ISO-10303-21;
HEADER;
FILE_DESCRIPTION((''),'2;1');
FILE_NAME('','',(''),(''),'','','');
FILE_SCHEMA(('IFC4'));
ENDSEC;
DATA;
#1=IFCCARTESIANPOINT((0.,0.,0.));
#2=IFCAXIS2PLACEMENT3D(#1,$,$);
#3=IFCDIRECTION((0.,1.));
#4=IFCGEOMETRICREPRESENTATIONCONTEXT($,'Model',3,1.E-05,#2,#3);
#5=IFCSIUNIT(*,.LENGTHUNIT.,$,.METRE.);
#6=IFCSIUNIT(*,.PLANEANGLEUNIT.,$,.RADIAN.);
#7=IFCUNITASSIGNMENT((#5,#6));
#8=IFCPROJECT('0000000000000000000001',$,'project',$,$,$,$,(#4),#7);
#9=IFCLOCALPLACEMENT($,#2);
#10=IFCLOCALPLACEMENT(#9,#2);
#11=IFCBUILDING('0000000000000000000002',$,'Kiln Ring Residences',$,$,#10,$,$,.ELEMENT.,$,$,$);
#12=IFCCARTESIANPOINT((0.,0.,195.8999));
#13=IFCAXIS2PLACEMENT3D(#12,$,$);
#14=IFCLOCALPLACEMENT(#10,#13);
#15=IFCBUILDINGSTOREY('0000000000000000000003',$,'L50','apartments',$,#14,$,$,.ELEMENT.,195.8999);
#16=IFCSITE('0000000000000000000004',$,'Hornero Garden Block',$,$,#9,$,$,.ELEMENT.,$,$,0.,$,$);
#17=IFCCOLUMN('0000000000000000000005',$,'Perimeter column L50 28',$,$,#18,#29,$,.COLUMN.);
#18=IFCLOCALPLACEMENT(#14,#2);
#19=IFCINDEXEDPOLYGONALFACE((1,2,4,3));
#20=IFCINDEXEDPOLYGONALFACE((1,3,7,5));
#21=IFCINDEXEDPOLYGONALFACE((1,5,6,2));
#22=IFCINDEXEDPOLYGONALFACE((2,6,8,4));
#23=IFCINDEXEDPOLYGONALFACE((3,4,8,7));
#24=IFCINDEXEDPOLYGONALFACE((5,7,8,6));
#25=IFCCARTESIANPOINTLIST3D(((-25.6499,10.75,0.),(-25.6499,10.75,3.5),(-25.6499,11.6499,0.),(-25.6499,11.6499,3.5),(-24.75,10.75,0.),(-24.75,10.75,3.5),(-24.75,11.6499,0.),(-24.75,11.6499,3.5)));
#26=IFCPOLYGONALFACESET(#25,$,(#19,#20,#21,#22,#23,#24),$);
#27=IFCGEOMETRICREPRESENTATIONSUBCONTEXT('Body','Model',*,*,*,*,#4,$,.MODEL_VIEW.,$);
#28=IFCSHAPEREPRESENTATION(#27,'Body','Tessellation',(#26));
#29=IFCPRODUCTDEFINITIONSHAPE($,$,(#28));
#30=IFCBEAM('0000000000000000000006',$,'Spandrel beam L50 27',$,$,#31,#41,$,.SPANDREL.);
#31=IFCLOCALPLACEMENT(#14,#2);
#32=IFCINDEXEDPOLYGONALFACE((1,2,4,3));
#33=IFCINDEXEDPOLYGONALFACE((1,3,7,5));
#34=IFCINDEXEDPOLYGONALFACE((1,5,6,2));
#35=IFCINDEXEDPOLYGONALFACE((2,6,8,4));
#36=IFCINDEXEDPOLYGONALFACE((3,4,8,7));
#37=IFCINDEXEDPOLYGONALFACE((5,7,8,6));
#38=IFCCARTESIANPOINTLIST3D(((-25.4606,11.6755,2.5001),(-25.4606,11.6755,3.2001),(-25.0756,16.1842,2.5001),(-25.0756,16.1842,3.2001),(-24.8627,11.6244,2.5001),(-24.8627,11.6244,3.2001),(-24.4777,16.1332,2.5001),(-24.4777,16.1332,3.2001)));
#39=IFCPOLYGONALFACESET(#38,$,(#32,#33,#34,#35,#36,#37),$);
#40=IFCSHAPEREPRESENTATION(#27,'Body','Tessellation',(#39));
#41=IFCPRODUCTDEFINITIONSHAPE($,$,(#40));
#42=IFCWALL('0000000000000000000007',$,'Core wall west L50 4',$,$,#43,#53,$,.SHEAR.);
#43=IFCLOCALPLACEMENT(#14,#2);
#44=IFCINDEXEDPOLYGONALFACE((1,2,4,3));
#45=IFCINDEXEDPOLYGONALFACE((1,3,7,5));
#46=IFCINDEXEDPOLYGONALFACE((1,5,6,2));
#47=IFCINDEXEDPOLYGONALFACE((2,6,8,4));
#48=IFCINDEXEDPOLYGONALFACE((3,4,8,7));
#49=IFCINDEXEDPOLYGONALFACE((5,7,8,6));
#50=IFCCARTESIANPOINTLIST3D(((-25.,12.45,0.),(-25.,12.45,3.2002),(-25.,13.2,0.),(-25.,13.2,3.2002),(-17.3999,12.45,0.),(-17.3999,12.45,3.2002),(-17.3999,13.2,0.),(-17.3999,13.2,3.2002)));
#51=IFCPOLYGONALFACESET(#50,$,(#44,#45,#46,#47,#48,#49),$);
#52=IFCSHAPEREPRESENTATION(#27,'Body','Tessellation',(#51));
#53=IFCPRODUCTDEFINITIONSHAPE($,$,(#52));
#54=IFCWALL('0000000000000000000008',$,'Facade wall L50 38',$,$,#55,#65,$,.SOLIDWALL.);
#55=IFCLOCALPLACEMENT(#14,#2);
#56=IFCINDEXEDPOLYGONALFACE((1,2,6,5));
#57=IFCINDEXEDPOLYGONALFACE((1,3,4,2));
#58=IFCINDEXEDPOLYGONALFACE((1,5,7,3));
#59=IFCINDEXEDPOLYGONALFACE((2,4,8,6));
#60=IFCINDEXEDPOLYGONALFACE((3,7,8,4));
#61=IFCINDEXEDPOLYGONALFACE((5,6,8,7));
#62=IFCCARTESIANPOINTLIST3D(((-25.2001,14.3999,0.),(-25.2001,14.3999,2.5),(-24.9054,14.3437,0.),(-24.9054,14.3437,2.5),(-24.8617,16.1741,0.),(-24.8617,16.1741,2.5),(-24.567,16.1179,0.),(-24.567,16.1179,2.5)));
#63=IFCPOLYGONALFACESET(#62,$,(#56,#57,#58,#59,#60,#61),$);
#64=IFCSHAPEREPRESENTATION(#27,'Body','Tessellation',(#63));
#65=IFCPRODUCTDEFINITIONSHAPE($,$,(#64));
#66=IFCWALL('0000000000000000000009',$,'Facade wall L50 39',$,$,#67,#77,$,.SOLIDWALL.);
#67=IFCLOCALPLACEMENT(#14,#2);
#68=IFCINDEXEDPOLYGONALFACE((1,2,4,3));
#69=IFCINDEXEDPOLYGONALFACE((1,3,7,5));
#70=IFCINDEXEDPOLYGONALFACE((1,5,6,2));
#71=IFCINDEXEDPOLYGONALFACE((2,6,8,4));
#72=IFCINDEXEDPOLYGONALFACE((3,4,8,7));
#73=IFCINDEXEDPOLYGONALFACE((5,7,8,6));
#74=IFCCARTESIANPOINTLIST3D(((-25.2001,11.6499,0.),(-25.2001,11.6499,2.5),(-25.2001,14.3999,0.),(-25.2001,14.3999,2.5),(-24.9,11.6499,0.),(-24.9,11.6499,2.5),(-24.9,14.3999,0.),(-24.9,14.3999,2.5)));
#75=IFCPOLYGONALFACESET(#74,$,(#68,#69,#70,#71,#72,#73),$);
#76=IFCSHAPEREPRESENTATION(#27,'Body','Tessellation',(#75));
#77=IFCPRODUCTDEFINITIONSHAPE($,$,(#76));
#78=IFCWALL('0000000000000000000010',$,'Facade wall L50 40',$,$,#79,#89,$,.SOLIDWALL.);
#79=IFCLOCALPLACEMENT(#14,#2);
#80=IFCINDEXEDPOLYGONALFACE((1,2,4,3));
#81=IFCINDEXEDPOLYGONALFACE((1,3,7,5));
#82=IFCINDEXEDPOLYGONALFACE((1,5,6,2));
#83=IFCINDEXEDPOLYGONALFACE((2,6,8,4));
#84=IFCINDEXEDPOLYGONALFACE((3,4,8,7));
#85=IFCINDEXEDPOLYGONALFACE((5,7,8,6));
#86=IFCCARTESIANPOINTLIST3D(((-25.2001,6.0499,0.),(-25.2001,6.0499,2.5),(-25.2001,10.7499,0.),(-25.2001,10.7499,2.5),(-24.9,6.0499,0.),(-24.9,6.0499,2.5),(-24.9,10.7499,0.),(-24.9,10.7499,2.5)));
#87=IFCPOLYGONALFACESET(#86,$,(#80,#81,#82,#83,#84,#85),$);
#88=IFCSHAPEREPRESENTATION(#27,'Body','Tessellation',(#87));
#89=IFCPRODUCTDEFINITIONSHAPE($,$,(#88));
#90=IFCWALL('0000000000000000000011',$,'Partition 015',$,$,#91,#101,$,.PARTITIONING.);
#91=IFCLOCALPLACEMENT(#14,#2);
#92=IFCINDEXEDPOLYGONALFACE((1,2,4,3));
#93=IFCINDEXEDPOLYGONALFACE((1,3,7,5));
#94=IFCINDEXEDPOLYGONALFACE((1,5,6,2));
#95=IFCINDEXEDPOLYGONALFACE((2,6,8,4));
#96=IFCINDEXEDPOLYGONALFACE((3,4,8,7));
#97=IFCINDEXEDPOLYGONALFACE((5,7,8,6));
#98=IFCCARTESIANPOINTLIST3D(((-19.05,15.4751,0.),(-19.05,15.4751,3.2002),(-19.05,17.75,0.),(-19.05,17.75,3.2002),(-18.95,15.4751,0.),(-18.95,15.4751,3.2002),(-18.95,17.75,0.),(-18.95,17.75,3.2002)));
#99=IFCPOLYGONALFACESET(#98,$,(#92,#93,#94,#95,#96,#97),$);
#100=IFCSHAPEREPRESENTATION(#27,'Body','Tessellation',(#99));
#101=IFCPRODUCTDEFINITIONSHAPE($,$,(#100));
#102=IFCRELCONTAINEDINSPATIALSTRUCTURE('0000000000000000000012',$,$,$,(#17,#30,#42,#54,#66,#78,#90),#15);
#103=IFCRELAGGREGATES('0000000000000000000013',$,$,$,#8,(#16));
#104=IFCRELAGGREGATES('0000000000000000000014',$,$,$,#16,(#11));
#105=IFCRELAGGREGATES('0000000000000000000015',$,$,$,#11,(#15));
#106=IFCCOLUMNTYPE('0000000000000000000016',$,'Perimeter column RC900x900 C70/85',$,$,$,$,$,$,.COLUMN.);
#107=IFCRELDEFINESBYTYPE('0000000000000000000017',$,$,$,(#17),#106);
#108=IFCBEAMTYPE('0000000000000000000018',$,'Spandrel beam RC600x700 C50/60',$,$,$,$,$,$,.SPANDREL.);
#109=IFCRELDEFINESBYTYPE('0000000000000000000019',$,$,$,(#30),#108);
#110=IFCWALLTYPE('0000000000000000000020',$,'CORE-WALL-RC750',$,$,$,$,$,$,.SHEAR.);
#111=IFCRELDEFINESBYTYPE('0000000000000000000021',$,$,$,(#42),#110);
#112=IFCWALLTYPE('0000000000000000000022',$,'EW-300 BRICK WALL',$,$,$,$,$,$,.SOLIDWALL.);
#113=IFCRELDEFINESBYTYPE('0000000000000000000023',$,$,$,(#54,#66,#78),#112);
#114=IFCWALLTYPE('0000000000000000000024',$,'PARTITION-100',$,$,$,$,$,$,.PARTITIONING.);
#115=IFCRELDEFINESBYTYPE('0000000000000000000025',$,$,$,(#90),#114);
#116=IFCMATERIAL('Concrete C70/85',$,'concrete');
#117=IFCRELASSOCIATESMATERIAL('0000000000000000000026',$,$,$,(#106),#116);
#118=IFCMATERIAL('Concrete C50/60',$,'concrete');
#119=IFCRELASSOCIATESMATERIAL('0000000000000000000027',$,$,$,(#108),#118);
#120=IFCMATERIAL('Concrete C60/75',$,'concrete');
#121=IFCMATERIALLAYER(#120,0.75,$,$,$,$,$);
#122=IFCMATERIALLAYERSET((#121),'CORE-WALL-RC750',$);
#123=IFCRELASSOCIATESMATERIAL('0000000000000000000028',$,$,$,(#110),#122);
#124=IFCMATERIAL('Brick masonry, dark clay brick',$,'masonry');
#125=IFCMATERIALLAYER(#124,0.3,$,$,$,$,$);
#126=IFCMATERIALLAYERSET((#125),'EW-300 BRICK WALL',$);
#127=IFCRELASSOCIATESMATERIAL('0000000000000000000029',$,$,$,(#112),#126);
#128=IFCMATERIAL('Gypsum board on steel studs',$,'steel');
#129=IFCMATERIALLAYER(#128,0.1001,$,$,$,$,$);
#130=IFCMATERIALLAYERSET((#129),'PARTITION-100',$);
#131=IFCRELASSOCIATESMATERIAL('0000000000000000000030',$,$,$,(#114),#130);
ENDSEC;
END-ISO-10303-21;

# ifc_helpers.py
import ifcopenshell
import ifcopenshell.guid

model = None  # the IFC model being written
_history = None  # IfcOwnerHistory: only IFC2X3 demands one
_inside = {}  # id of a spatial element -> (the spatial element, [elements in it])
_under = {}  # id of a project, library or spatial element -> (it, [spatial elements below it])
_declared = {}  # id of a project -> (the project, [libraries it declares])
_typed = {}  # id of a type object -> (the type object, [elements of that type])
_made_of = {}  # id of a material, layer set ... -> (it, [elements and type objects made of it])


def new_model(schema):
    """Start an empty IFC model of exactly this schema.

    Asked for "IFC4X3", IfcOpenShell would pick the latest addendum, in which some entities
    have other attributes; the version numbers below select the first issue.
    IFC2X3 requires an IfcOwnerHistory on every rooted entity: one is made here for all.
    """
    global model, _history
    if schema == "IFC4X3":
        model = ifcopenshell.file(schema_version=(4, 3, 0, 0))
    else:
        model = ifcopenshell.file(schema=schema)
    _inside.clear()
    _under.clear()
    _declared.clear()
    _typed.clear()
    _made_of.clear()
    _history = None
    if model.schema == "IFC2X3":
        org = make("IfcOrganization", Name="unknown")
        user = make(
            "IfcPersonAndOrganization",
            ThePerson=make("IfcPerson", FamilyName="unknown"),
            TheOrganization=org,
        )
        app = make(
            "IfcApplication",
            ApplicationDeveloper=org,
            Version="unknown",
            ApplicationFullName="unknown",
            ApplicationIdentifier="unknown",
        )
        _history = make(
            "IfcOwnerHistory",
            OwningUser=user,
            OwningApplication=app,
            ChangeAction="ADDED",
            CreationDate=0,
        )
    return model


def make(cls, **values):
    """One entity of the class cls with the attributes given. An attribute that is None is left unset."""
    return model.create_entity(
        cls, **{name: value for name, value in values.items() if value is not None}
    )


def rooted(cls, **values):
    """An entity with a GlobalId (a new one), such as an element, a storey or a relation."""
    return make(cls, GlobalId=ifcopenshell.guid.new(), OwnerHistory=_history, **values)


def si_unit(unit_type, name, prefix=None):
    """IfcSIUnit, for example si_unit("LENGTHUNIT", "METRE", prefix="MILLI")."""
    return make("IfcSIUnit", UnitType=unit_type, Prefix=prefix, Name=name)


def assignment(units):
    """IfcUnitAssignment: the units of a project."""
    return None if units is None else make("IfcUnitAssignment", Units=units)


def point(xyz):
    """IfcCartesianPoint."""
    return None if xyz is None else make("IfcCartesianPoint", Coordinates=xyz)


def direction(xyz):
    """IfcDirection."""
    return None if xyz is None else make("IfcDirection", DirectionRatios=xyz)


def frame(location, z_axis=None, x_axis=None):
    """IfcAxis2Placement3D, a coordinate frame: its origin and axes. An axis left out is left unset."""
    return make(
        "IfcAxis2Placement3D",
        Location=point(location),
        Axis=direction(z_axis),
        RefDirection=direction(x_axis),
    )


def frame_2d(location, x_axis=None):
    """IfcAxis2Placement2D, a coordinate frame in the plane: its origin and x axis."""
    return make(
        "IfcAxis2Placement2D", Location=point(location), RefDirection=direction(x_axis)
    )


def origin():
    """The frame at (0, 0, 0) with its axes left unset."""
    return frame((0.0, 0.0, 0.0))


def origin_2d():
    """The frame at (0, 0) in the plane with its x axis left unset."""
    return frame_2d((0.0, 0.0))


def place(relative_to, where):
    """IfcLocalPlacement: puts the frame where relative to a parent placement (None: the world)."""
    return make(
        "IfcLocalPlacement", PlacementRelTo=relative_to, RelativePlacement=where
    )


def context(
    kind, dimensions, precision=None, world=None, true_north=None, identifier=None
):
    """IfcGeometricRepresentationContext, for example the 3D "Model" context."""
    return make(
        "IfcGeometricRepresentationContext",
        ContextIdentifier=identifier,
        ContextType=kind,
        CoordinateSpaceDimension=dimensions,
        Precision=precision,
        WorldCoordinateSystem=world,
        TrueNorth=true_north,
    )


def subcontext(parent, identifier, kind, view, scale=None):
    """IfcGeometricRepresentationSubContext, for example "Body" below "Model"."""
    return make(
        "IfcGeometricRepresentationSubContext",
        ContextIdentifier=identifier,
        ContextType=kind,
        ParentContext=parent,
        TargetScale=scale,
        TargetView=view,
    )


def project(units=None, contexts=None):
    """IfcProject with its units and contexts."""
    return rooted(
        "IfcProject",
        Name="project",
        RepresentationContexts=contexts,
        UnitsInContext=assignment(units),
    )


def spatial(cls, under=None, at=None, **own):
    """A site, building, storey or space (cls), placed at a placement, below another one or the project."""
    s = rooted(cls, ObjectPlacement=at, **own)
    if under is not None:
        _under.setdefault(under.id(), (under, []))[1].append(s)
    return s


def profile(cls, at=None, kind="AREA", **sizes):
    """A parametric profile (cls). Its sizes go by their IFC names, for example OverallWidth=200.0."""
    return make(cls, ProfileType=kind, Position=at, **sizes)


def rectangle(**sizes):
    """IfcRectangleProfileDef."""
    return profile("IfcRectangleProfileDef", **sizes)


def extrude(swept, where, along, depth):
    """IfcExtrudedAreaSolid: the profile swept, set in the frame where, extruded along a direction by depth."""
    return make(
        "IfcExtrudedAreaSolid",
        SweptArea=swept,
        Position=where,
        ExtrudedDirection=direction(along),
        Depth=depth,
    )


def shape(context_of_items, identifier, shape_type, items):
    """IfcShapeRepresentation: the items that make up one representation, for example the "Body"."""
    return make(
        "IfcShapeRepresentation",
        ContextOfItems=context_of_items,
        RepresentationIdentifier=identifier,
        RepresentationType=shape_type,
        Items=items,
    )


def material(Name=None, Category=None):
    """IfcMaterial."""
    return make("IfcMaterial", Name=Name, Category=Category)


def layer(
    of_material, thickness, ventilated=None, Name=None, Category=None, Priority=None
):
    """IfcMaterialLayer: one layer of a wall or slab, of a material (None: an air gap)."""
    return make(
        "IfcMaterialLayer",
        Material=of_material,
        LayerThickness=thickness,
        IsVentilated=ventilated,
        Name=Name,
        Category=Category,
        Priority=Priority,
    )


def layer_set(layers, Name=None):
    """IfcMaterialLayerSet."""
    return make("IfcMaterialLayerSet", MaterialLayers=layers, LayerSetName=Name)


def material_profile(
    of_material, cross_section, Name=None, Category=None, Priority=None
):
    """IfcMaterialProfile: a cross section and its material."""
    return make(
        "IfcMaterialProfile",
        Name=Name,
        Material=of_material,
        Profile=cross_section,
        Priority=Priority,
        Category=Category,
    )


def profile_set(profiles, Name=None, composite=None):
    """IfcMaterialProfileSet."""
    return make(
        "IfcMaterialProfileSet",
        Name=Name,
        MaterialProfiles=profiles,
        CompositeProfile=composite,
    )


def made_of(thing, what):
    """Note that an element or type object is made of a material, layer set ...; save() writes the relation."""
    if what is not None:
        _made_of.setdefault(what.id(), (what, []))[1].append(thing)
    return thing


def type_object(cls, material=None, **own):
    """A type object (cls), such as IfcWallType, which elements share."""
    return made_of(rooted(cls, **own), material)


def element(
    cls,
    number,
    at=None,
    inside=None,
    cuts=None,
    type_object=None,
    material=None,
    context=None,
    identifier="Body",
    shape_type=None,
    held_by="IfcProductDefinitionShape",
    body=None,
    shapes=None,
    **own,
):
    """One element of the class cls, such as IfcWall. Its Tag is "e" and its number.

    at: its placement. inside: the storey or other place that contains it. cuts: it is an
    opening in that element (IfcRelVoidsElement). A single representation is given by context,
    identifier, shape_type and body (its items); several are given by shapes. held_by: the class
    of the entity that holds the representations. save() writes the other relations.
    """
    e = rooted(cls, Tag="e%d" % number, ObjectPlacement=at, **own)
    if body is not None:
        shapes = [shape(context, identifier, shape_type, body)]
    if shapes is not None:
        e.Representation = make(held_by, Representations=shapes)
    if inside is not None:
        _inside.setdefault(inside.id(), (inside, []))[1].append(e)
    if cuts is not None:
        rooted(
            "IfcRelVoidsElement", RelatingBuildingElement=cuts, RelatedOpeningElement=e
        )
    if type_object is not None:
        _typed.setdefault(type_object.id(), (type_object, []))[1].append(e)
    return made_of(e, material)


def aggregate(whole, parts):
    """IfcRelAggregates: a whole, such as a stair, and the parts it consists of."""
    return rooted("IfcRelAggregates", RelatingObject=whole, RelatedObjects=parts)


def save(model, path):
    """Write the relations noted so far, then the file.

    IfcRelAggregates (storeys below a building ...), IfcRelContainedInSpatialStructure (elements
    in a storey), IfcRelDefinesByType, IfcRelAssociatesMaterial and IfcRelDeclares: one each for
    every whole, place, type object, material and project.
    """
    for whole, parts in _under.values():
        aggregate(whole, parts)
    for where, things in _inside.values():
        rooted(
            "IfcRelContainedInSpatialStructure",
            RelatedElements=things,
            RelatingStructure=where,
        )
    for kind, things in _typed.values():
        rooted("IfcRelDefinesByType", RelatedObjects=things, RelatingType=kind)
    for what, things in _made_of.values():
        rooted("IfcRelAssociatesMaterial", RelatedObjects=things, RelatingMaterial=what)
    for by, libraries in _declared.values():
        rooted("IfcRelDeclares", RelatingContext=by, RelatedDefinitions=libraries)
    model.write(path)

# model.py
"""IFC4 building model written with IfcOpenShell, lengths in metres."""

from ifc_helpers import new_model, si_unit, direction, frame, frame_2d, origin, origin_2d, place, context, subcontext, project, spatial, rectangle, extrude, material, layer, layer_set, material_profile, profile_set, type_object, element, save


model = new_model("IFC4")

# Units and contexts
model_context = context("Model", 3, precision=1e-05, world=origin(), true_north=direction((0.0, 1.0)))
body_context = subcontext(model_context, "Body", "Model", "MODEL_VIEW")
ifc_project = project(units=[si_unit("LENGTHUNIT", "METRE"), si_unit("PLANEANGLEUNIT", "RADIAN")], contexts=[model_context])

# Site, building, storey
site_placement = place(None, origin())
site = spatial("IfcSite", under=ifc_project, at=site_placement, Name="Hornero Garden Block", CompositionType="ELEMENT", RefElevation=0.0)
building_placement = place(site_placement, origin())
building = spatial("IfcBuilding", under=site, at=building_placement, Name="Kiln Ring Residences", CompositionType="ELEMENT")
storey_placement = place(building_placement, frame((0.0, 0.0, 195.8999)))
storey = spatial("IfcBuildingStorey", under=building, at=storey_placement, Name="L50", Description="apartments", CompositionType="ELEMENT", Elevation=195.8999)

# Column
ifc_material_1 = material(Name="Concrete C70/85", Category="concrete")
ifc_material_profile_1 = material_profile(ifc_material_1, rectangle(XDim=0.8999, YDim=0.8999, at=origin_2d()), Name="RC900x900")
ifc_profile_set_1 = profile_set([ifc_material_profile_1], Name="Concrete C70/85")
column_type = type_object("IfcColumnType", Name="Perimeter column RC900x900 C70/85", PredefinedType="COLUMN", material=ifc_profile_set_1)
column_placement = place(storey_placement, frame((-25.2, 11.2, 0.0), z_axis=(0.0, 0.0, 1.0), x_axis=(1.0, 0.0, 0.0)))
element("IfcColumn", 1, at=column_placement, inside=storey, type_object=column_type, Name="Perimeter column L50 28", PredefinedType="COLUMN", context=body_context, shape_type="SweptSolid", body=[
    extrude(rectangle(XDim=0.8999, YDim=0.8999, at=origin_2d()), origin(), (0.0, 0.0, 1.0), 3.5),
])

# Beam
ifc_material_2 = material(Name="Concrete C50/60", Category="concrete")
ifc_material_profile_2 = material_profile(ifc_material_2, rectangle(XDim=0.6001, YDim=0.7, at=origin_2d()), Name="RC600x700")
ifc_profile_set_2 = profile_set([ifc_material_profile_2], Name="Concrete C50/60")
beam_type = type_object("IfcBeamType", Name="Spandrel beam RC600x700 C50/60", PredefinedType="SPANDREL", material=ifc_profile_set_2)
beam_placement = place(storey_placement, frame((-24.7766, 16.1587, 2.8501), z_axis=(-0.085081, -0.996374, 0.0), x_axis=(0.996374, -0.085081, 0.0)))
element("IfcBeam", 2, at=beam_placement, inside=storey, type_object=beam_type, Name="Spandrel beam L50 27", PredefinedType="SPANDREL", context=body_context, shape_type="SweptSolid", body=[
    extrude(rectangle(XDim=0.6001, YDim=0.7, at=origin_2d()), origin(), (0.0, 0.0, 1.0), 4.5251),
])

# Walls
ifc_material_3 = material(Name="Concrete C60/75", Category="concrete")
ifc_layer_1 = layer(ifc_material_3, 0.75)
ifc_layer_set_1 = layer_set([ifc_layer_1], Name="CORE-WALL-RC750")
wall_type_1 = type_object("IfcWallType", Name="CORE-WALL-RC750", PredefinedType="SHEAR", material=ifc_layer_set_1)
wall_1_placement = place(storey_placement, frame((-17.3999, 12.825, 0.0), z_axis=(0.0, 0.0, 1.0), x_axis=(-1.0, 0.0, 0.0)))
element("IfcWall", 3, at=wall_1_placement, inside=storey, type_object=wall_type_1, Name="Core wall west L50 4", PredefinedType="SHEAR", context=body_context, shape_type="SweptSolid", body=[
    extrude(rectangle(XDim=7.6001, YDim=0.75, at=frame_2d((3.8, 0.0))), origin(), (0.0, 0.0, 1.0), 3.2002),
])
ifc_material_4 = material(Name="Brick masonry, dark clay brick", Category="masonry")
ifc_layer_2 = layer(ifc_material_4, 0.3)
ifc_layer_set_2 = layer_set([ifc_layer_2], Name="EW-300 BRICK WALL")
wall_type_2 = type_object("IfcWallType", Name="EW-300 BRICK WALL", PredefinedType="SOLIDWALL", material=ifc_layer_set_2)
wall_2_placement = place(storey_placement, frame((-24.7144, 16.146, 0.0), z_axis=(0.0, 0.0, 1.0), x_axis=(-0.187348, -0.982294, 0.0)))
element("IfcWall", 4, at=wall_2_placement, inside=storey, type_object=wall_type_2, Name="Facade wall L50 38", PredefinedType="SOLIDWALL", context=body_context, shape_type="SweptSolid", body=[
    extrude(rectangle(XDim=1.8062, YDim=0.3, at=frame_2d((0.9031, 0.0))), origin(), (0.0, 0.0, 1.0), 2.5),
])
wall_3_placement = place(storey_placement, frame((-25.05, 14.3999, 0.0), z_axis=(0.0, 0.0, 1.0), x_axis=(0.0, -1.0, 0.0)))
element("IfcWall", 5, at=wall_3_placement, inside=storey, type_object=wall_type_2, Name="Facade wall L50 39", PredefinedType="SOLIDWALL", context=body_context, shape_type="SweptSolid", body=[
    extrude(rectangle(XDim=2.75, YDim=0.3, at=frame_2d((1.375, 0.0))), origin(), (0.0, 0.0, 1.0), 2.5),
])
wall_4_placement = place(storey_placement, frame((-25.05, 10.75, 0.0), z_axis=(0.0, 0.0, 1.0), x_axis=(0.0, -1.0, 0.0)))
element("IfcWall", 6, at=wall_4_placement, inside=storey, type_object=wall_type_2, Name="Facade wall L50 40", PredefinedType="SOLIDWALL", context=body_context, shape_type="SweptSolid", body=[
    extrude(rectangle(XDim=4.7, YDim=0.3, at=frame_2d((2.3501, 0.0))), origin(), (0.0, 0.0, 1.0), 2.5),
])
ifc_material_5 = material(Name="Gypsum board on steel studs", Category="steel")
ifc_layer_3 = layer(ifc_material_5, 0.1001)
ifc_layer_set_3 = layer_set([ifc_layer_3], Name="PARTITION-100")
wall_type_3 = type_object("IfcWallType", Name="PARTITION-100", PredefinedType="PARTITIONING", material=ifc_layer_set_3)
wall_5_placement = place(storey_placement, frame((-19.0, 15.4751, 0.0), z_axis=(0.0, 0.0, 1.0), x_axis=(0.0, 1.0, 0.0)))
element("IfcWall", 7, at=wall_5_placement, inside=storey, type_object=wall_type_3, Name="Partition 015", PredefinedType="PARTITIONING", context=body_context, shape_type="SweptSolid", body=[
    extrude(rectangle(XDim=2.2749, YDim=0.1001, at=frame_2d((1.1375, 0.0))), origin(), (0.0, 0.0, 1.0), 3.2002),
])

save(model, "model.ifc")
